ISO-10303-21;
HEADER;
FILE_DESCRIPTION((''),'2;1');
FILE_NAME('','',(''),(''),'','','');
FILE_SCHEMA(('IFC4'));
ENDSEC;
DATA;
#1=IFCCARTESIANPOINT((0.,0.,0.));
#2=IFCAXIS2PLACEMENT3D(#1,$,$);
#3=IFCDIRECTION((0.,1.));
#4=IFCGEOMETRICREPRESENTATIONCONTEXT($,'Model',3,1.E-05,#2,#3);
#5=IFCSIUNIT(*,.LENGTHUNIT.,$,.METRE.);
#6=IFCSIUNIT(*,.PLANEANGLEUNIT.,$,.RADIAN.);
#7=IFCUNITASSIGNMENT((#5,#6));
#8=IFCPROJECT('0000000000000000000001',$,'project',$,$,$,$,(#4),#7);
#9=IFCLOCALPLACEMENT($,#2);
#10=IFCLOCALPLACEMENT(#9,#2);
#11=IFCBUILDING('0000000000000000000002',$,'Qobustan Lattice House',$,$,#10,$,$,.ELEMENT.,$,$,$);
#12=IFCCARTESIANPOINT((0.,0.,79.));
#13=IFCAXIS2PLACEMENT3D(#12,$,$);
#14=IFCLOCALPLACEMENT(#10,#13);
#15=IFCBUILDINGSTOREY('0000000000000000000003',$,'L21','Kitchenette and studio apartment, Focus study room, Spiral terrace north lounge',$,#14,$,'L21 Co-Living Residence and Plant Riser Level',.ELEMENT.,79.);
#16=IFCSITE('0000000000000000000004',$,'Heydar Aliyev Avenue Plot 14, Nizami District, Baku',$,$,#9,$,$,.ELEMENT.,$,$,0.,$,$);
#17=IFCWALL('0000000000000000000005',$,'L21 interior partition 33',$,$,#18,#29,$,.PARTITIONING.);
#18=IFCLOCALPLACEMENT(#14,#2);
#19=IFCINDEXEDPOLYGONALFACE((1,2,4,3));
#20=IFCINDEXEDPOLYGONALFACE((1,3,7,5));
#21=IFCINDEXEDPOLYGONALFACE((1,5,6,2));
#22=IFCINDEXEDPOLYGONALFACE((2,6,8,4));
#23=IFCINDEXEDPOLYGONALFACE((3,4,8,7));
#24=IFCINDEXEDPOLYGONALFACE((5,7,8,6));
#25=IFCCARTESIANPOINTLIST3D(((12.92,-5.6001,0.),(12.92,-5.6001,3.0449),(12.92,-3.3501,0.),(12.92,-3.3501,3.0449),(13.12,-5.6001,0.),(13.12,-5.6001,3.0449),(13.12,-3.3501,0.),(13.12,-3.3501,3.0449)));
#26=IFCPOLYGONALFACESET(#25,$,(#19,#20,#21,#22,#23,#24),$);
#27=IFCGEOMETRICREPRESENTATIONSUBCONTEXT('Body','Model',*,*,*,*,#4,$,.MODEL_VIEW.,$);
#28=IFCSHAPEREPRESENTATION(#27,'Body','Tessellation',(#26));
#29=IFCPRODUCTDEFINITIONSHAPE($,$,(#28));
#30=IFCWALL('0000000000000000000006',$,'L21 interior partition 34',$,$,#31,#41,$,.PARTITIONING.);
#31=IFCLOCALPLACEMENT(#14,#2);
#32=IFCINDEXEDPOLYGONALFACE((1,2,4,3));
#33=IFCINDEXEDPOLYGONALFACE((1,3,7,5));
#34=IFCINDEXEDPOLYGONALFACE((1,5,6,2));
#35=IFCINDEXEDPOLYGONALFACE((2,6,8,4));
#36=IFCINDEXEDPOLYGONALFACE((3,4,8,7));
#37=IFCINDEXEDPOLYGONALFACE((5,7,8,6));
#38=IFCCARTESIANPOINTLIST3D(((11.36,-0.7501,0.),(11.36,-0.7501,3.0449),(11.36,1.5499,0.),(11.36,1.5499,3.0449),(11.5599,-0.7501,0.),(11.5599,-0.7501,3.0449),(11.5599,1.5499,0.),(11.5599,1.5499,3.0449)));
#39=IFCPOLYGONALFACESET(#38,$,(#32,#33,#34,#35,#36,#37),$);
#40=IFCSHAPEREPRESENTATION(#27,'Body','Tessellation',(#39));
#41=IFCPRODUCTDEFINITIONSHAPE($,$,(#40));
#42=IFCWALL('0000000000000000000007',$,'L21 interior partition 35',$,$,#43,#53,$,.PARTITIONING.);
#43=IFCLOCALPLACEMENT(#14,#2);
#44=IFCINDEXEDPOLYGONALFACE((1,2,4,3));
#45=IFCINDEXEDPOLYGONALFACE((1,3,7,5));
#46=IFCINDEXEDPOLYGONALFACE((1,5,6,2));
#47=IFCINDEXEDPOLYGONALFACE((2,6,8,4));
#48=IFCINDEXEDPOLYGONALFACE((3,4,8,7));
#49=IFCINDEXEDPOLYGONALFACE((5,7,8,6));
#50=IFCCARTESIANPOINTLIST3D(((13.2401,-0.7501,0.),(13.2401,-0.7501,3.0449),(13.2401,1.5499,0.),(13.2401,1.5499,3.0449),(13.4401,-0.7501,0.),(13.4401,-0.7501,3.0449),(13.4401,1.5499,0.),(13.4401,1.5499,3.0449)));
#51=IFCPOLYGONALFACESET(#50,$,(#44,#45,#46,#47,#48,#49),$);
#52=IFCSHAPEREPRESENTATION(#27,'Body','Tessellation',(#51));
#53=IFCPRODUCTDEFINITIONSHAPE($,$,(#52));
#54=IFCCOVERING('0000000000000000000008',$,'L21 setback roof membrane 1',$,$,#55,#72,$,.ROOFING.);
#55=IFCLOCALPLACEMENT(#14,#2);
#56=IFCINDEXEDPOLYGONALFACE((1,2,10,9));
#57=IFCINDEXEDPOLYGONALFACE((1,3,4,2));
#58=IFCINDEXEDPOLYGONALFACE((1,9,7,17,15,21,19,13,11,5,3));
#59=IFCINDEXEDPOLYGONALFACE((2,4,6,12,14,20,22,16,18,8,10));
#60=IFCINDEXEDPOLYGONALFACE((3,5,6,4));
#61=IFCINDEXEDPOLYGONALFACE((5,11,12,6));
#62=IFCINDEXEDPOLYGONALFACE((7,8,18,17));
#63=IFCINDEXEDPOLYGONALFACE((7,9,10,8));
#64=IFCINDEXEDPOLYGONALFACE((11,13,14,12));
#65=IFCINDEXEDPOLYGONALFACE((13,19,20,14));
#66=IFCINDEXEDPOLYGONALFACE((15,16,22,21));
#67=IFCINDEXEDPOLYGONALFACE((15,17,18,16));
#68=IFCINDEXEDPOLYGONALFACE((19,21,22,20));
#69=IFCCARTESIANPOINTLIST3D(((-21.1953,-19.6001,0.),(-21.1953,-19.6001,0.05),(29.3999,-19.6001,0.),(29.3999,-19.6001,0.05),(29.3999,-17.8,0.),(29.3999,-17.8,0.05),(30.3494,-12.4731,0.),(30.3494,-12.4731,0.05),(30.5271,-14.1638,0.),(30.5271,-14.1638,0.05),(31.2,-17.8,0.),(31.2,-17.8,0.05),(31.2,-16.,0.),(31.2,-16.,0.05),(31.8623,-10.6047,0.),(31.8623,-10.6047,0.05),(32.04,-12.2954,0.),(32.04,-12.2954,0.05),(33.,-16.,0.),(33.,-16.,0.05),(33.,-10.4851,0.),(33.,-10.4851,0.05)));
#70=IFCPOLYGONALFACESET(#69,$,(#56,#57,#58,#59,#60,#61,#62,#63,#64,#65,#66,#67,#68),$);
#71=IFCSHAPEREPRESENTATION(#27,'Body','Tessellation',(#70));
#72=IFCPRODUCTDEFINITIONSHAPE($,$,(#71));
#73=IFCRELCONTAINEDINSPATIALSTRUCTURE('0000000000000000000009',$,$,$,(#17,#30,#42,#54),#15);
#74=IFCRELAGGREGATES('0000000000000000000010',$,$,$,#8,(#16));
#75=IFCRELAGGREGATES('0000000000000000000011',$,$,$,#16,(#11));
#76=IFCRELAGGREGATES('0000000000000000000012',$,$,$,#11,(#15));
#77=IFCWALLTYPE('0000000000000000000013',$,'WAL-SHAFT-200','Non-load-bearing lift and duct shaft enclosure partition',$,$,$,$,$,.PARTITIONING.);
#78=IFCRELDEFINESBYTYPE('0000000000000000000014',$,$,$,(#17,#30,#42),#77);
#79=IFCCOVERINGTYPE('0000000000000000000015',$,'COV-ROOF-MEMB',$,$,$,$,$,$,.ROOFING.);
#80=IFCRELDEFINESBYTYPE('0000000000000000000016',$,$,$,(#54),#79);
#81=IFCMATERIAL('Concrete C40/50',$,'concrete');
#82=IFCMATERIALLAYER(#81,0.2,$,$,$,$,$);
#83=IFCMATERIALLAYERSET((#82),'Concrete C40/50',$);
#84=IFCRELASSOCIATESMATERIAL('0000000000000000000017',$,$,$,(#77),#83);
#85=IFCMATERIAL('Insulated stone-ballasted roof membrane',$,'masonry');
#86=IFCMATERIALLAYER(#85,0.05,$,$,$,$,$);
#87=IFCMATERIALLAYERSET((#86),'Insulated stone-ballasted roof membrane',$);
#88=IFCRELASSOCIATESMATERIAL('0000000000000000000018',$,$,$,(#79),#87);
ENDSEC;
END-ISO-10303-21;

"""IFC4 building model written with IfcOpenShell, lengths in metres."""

from ifc_helpers import new_model, si_unit, direction, frame, frame_2d, origin, place, context, subcontext, project, spatial, polyline, rectangle, outline, extrude, material, layer, layer_set, type_object, element, save


model = new_model("IFC4")

# Units and contexts
model_context = context("Model", 3, precision=1e-05, world=origin(), true_north=direction((0.0, 1.0)))
body_context = subcontext(model_context, "Body", "Model", "MODEL_VIEW")
ifc_project = project(units=[si_unit("LENGTHUNIT", "METRE"), si_unit("PLANEANGLEUNIT", "RADIAN")], contexts=[model_context])

# Site, building, storey
site_placement = place(None, origin())
site = spatial("IfcSite", under=ifc_project, at=site_placement, Name="Heydar Aliyev Avenue Plot 14, Nizami District, Baku", CompositionType="ELEMENT", RefElevation=0.0)
building_placement = place(site_placement, origin())
building = spatial("IfcBuilding", under=site, at=building_placement, Name="Qobustan Lattice House", CompositionType="ELEMENT")
storey_placement = place(building_placement, frame((0.0, 0.0, 79.0)))
storey = spatial("IfcBuildingStorey", under=building, at=storey_placement, Name="L21", Description="Kitchenette and studio apartment, Focus study room, Spiral terrace north lounge", LongName="L21 Co-Living Residence and Plant Riser Level", CompositionType="ELEMENT", Elevation=79.0)

# Walls
ifc_material_1 = material(Name="Concrete C40/50", Category="concrete")
ifc_layer_1 = layer(ifc_material_1, 0.2)
ifc_layer_set_1 = layer_set([ifc_layer_1], Name="Concrete C40/50")
wall_type_1 = type_object("IfcWallType", Name="WAL-SHAFT-200", Description="Non-load-bearing lift and duct shaft enclosure partition", PredefinedType="PARTITIONING", material=ifc_layer_set_1)
for number, where, z_axis, x_axis, name in (
    (1, (13.02, -5.6001, 0.0), (0.0, 0.0, 1.0), (0.0, 1.0, 0.0), "L21 interior partition 33"),
):
    element("IfcWall", number, at=place(storey_placement, frame(where, z_axis=z_axis, x_axis=x_axis)), inside=storey, type_object=wall_type_1, Name=name, PredefinedType="PARTITIONING", context=body_context, shape_type="SweptSolid", body=[
        extrude(rectangle(XDim=2.25, YDim=0.2, at=frame_2d((1.125, 0.0))), origin(), (0.0, 0.0, 1.0), 3.0449),
    ])
for number, where, z_axis, x_axis, name in (
    (2, (11.46, -0.75, 0.0), (0.0, 0.0, 1.0), (0.0, 1.0, 0.0), "L21 interior partition 34"),
    (3, (13.3401, -0.75, 0.0), (0.0, 0.0, 1.0), (0.0, 1.0, 0.0), "L21 interior partition 35"),
):
    element("IfcWall", number, at=place(storey_placement, frame(where, z_axis=z_axis, x_axis=x_axis)), inside=storey, type_object=wall_type_1, Name=name, PredefinedType="PARTITIONING", context=body_context, shape_type="SweptSolid", body=[
        extrude(rectangle(XDim=2.3, YDim=0.2, at=frame_2d((1.1499, 0.0))), origin(), (0.0, 0.0, 1.0), 3.0449),
    ])

# Covering
ifc_material_2 = material(Name="Insulated stone-ballasted roof membrane", Category="masonry")
ifc_layer_2 = layer(ifc_material_2, 0.05)
ifc_layer_set_2 = layer_set([ifc_layer_2], Name="Insulated stone-ballasted roof membrane")
covering_type = type_object("IfcCoveringType", Name="COV-ROOF-MEMB", PredefinedType="ROOFING", material=ifc_layer_set_2)
covering_placement = place(storey_placement, origin())
element("IfcCovering", 4, at=covering_placement, inside=storey, type_object=covering_type, Name="L21 setback roof membrane 1", PredefinedType="ROOFING", context=body_context, shape_type="SweptSolid", body=[
    extrude(outline(polyline([(33.0, -16.0), (33.0, -10.4851), (31.8623, -10.6047), (32.04, -12.2954), (30.3494, -12.4731), (30.5271, -14.1638), (-21.1953, -19.6001), (29.3999, -19.6001), (29.3999, -17.8), (31.2, -17.8), (31.2, -16.0), (33.0, -16.0)])), origin(), (0.0, 0.0, 1.0), 0.05),
])

save(model, "model.ifc")
